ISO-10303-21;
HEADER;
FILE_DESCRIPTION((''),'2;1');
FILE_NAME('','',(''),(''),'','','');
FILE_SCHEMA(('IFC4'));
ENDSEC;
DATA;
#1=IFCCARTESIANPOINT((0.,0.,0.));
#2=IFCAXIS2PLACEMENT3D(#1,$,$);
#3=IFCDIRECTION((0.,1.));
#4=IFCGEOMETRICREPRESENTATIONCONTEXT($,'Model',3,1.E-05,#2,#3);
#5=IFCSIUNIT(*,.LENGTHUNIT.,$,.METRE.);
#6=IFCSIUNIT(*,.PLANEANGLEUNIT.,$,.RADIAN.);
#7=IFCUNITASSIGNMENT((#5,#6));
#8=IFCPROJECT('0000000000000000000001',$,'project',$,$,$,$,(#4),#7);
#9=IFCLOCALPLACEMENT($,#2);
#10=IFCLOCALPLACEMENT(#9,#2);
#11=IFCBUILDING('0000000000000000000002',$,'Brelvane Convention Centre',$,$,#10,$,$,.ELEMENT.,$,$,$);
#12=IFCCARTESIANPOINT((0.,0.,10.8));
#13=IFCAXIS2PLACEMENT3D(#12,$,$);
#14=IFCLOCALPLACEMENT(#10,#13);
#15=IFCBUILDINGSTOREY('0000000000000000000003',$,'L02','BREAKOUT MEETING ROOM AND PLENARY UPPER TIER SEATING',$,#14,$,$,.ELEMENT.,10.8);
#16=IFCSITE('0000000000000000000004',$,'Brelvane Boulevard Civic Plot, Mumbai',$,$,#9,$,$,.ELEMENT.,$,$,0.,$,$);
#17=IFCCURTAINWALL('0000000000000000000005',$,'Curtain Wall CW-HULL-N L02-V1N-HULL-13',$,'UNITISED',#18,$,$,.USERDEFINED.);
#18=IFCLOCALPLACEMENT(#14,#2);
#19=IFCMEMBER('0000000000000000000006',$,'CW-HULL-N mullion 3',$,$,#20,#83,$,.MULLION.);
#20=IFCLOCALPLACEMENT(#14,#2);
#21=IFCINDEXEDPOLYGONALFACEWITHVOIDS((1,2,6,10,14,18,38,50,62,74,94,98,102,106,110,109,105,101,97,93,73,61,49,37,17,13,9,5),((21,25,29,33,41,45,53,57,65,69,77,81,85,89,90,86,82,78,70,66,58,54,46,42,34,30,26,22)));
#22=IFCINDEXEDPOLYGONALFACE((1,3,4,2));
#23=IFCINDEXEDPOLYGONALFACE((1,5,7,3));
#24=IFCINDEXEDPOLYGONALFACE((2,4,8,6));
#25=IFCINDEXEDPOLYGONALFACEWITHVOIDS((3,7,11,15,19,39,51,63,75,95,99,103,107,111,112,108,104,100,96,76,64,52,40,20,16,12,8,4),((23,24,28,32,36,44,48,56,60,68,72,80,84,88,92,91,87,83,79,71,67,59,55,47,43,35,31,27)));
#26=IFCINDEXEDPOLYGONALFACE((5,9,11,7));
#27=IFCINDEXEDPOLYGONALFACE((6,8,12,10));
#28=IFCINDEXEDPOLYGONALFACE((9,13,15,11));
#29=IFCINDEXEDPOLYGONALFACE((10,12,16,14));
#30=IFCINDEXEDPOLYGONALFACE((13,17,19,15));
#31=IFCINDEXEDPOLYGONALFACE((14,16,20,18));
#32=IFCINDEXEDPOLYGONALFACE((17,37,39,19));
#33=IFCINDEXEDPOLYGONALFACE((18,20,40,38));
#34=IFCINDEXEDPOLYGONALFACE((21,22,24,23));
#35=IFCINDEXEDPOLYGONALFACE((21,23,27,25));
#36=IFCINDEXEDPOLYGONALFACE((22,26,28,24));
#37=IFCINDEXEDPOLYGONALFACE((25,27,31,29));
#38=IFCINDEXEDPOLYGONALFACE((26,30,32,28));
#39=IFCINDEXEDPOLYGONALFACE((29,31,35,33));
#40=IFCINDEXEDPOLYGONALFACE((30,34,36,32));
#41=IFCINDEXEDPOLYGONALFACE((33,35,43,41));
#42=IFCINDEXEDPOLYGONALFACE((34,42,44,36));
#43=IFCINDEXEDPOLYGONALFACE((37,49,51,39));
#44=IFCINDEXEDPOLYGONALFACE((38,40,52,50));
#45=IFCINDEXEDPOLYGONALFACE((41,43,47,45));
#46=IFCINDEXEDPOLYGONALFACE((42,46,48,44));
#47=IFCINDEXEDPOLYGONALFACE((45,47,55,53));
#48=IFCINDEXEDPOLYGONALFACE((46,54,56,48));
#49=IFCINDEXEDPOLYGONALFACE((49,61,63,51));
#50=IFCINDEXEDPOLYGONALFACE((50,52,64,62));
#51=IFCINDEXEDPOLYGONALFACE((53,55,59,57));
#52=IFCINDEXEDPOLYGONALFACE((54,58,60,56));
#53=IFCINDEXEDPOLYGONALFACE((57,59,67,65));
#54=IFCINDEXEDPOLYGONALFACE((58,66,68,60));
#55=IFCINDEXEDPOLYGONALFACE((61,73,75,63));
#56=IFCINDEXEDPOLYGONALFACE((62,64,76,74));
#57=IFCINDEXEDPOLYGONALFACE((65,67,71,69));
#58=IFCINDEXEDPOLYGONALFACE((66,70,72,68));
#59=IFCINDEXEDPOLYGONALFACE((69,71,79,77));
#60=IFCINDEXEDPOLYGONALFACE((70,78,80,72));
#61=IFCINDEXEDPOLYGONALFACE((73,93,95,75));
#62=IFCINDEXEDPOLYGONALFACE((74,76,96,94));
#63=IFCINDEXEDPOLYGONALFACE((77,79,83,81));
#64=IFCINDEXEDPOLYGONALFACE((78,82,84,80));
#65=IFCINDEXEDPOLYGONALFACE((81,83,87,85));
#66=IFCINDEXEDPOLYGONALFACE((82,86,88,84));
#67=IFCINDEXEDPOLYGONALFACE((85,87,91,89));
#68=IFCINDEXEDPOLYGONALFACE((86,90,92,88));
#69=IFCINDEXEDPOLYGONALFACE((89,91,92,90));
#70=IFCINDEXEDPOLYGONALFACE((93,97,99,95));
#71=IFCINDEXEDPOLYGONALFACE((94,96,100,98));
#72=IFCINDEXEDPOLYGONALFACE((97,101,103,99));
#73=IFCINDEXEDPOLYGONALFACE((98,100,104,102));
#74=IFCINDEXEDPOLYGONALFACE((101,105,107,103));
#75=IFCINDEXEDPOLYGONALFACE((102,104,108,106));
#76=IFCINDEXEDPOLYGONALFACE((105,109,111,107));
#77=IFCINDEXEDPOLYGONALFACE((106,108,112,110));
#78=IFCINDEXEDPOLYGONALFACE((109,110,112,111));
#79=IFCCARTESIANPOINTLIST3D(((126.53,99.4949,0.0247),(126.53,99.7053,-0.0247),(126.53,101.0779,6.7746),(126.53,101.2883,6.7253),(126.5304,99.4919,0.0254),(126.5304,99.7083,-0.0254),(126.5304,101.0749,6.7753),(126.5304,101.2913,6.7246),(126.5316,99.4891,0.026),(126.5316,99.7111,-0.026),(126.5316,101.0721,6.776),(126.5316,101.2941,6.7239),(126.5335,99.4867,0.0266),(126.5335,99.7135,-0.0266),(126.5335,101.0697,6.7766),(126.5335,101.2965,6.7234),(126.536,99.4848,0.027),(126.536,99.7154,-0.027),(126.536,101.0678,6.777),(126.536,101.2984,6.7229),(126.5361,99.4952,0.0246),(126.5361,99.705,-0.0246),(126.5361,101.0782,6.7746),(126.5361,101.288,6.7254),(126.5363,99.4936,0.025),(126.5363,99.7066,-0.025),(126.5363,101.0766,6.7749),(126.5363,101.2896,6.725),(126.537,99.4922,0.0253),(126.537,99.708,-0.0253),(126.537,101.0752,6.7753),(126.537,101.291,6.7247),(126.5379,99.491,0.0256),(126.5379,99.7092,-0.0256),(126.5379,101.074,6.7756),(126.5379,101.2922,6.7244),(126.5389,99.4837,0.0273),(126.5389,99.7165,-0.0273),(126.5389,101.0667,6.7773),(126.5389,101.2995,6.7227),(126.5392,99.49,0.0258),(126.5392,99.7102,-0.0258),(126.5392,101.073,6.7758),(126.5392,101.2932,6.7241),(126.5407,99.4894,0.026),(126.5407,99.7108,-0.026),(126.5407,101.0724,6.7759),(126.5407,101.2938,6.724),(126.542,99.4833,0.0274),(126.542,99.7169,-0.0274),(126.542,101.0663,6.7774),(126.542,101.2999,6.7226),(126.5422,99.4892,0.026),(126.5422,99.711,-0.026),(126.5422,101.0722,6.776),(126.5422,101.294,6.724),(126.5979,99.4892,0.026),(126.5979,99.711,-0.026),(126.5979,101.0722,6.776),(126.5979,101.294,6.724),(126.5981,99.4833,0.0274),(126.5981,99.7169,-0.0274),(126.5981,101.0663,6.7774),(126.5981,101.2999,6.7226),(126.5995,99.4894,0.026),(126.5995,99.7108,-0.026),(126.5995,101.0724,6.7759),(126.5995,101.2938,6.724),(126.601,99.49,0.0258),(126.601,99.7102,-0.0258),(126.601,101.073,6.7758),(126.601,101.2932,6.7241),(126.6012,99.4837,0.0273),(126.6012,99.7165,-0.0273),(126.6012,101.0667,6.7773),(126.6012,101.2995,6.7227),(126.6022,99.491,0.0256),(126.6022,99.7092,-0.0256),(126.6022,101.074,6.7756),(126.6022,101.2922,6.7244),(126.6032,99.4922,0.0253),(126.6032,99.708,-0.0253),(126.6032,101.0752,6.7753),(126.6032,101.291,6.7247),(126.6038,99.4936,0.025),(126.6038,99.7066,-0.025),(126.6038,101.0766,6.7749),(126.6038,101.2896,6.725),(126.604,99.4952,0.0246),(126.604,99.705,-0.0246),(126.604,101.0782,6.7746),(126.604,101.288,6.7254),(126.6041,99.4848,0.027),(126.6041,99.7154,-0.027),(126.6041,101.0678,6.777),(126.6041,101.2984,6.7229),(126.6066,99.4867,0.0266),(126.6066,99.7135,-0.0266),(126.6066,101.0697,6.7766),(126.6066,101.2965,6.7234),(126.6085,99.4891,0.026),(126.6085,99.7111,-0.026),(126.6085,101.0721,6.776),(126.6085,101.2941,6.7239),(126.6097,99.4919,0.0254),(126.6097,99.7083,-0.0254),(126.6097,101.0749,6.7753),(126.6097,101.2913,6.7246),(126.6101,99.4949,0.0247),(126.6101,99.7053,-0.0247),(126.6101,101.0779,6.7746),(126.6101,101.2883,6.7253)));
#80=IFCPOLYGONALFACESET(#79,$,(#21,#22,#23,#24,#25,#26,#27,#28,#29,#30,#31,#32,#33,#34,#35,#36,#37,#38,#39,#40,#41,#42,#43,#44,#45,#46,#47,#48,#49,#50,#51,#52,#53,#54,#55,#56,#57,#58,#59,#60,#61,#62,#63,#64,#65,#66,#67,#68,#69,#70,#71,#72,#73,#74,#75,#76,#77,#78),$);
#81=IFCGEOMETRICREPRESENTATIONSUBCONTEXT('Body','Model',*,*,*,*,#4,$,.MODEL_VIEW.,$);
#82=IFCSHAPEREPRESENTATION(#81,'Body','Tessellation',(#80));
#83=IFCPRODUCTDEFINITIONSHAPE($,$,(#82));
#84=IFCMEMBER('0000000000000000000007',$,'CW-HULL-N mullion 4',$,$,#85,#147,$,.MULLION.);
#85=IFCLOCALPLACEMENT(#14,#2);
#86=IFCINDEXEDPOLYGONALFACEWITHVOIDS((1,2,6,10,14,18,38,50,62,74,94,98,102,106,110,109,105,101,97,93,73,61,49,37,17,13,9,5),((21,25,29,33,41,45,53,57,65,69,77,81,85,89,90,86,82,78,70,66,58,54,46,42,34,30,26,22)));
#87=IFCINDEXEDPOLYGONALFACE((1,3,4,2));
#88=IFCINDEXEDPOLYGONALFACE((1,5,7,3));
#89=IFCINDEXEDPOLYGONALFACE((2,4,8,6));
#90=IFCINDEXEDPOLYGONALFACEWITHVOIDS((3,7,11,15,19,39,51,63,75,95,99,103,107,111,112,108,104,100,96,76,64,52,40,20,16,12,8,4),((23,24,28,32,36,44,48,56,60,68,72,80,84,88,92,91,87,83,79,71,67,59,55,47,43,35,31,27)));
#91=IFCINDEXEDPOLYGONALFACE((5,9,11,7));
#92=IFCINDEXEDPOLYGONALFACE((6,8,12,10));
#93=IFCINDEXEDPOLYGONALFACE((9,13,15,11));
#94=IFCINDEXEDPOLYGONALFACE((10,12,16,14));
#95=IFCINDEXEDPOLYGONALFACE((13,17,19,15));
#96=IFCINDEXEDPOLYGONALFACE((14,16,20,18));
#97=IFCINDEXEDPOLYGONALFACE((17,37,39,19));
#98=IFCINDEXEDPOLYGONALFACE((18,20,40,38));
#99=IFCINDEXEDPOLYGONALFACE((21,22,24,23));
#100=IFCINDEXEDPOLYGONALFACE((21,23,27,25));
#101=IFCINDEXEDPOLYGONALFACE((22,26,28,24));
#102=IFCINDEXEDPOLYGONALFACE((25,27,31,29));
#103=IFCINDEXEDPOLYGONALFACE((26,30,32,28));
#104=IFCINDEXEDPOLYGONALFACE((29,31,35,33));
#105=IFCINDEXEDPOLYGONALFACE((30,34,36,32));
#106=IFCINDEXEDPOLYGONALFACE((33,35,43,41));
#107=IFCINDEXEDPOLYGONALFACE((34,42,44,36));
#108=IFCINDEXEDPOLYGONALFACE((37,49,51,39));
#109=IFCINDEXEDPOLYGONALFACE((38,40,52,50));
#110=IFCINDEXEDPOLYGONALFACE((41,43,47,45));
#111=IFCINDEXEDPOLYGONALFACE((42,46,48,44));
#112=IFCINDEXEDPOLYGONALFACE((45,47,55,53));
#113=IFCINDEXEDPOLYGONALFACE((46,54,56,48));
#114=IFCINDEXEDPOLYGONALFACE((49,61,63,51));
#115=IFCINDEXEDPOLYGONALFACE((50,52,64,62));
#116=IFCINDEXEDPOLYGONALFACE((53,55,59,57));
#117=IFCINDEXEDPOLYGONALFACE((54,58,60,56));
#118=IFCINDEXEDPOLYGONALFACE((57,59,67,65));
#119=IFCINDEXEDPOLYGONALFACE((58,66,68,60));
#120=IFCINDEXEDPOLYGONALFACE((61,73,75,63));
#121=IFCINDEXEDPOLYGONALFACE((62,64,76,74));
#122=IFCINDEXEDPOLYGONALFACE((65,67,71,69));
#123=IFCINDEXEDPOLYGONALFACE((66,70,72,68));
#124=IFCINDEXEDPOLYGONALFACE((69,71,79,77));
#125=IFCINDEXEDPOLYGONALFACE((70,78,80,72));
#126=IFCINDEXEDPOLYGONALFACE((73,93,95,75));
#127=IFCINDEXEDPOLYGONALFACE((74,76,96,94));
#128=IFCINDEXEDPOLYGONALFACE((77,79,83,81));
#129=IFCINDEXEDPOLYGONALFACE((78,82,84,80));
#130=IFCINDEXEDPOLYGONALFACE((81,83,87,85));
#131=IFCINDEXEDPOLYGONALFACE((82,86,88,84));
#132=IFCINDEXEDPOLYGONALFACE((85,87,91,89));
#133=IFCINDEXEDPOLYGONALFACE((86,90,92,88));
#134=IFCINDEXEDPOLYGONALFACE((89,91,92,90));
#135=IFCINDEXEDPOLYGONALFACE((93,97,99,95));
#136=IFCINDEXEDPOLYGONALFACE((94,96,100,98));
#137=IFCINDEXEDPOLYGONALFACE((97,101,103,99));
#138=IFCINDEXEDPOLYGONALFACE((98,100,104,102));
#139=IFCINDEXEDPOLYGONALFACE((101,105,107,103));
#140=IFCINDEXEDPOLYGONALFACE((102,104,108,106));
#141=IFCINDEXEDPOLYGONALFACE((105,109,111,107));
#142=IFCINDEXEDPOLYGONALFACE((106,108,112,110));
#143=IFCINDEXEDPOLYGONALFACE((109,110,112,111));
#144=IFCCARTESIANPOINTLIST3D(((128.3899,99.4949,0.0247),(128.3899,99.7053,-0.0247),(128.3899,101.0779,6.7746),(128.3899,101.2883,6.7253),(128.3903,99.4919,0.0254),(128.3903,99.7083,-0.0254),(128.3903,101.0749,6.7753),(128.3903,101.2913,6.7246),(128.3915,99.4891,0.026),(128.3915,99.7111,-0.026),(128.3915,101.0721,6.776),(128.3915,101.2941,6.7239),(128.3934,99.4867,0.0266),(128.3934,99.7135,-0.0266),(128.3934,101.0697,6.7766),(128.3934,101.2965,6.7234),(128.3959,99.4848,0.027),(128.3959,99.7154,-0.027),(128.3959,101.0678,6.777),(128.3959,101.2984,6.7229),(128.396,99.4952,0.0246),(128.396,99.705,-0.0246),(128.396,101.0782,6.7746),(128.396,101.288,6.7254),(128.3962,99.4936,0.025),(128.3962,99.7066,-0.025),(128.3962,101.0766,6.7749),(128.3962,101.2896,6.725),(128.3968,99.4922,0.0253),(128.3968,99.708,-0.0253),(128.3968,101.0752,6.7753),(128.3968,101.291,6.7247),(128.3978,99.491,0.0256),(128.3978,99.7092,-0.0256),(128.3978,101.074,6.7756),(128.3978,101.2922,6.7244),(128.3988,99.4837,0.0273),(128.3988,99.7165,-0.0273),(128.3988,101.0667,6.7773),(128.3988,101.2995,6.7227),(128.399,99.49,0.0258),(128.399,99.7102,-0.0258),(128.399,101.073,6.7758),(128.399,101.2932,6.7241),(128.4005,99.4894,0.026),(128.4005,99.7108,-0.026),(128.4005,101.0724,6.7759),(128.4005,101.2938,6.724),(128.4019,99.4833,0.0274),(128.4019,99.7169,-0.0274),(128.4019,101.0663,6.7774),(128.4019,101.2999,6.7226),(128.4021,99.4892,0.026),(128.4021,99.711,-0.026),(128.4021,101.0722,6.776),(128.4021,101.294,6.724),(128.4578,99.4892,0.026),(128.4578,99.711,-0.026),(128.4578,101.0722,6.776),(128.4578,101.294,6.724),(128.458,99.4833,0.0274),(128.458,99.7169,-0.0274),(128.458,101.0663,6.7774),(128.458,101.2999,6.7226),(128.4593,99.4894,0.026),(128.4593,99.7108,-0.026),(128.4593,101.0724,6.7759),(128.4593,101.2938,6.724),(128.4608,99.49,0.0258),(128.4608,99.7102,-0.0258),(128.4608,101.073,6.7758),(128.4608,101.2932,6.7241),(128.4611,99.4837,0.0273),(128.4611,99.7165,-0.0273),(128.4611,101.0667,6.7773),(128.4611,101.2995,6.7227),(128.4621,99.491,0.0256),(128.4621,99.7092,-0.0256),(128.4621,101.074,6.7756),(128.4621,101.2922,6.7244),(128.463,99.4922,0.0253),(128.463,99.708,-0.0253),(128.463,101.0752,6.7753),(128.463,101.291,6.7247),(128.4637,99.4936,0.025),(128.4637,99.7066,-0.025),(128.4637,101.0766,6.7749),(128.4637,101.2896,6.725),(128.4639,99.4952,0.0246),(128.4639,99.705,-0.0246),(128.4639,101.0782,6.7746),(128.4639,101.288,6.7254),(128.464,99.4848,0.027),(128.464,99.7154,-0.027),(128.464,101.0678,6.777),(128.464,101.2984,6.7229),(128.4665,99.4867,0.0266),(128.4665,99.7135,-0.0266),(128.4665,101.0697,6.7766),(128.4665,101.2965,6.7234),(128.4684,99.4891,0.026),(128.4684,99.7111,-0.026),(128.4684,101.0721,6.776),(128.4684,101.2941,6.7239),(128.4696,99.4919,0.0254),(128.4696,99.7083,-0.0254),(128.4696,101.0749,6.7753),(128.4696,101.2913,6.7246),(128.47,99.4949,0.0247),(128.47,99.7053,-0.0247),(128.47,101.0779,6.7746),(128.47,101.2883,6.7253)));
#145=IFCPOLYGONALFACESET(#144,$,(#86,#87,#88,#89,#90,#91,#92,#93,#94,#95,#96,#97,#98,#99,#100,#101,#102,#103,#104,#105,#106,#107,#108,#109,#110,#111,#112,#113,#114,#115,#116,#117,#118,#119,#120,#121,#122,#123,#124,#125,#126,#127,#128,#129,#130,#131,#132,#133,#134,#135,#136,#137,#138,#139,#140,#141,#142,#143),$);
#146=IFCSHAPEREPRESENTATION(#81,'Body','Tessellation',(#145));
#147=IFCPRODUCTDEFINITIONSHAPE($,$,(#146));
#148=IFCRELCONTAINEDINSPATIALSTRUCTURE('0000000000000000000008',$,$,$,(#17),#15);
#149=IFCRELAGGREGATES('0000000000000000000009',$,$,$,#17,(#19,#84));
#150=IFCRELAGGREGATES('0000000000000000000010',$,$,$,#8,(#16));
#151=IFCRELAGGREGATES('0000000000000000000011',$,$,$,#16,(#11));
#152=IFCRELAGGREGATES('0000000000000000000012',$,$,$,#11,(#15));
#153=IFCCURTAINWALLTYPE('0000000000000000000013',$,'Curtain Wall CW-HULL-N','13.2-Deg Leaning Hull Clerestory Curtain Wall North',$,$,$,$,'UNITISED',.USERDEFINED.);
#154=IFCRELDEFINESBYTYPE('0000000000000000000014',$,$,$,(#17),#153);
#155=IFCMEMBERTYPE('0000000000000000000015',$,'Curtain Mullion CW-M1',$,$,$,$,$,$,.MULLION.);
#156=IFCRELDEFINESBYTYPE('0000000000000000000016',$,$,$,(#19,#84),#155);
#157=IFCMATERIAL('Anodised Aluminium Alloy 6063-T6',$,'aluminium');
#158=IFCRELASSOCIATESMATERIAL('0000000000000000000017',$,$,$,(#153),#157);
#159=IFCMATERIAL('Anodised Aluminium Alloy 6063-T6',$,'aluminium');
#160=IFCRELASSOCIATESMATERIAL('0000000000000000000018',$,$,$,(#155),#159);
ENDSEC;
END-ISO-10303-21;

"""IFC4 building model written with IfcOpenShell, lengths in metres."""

from ifc_helpers import new_model, si_unit, direction, frame, origin, origin_2d, place, context, subcontext, project, spatial, hollow_rectangle, extrude, material, material_profile, profile_set, type_object, element, aggregate, save


model = new_model("IFC4")

# Units and contexts
model_context = context("Model", 3, precision=1e-05, world=origin(), true_north=direction((0.0, 1.0)))
body_context = subcontext(model_context, "Body", "Model", "MODEL_VIEW")
ifc_project = project(units=[si_unit("LENGTHUNIT", "METRE"), si_unit("PLANEANGLEUNIT", "RADIAN")], contexts=[model_context])

# Site, building, storey
site_placement = place(None, origin())
site = spatial("IfcSite", under=ifc_project, at=site_placement, Name="Brelvane Boulevard Civic Plot, Mumbai", CompositionType="ELEMENT", RefElevation=0.0)
building_placement = place(site_placement, origin())
building = spatial("IfcBuilding", under=site, at=building_placement, Name="Brelvane Convention Centre", CompositionType="ELEMENT")
storey_placement = place(building_placement, frame((0.0, 0.0, 10.8)))
storey = spatial("IfcBuildingStorey", under=building, at=storey_placement, Name="L02", Description="BREAKOUT MEETING ROOM AND PLENARY UPPER TIER SEATING", CompositionType="ELEMENT", Elevation=10.8)

# Curtain wall, members
ifc_material_1 = material(Name="Anodised Aluminium Alloy 6063-T6", Category="aluminium")
curtain_wall_type = type_object("IfcCurtainWallType", Name="Curtain Wall CW-HULL-N", Description="13.2-Deg Leaning Hull Clerestory Curtain Wall North", ElementType="UNITISED", PredefinedType="USERDEFINED", material=ifc_material_1)
ifc_material_2 = material(Name="Anodised Aluminium Alloy 6063-T6", Category="aluminium")
ifc_material_profile_1 = material_profile(ifc_material_2, hollow_rectangle(XDim=0.0801, YDim=0.24, WallThickness=0.0061, InnerFilletRadius=0.0061, OuterFilletRadius=0.012, at=origin_2d()), Name="ALU-M 240x80x6.0")
ifc_profile_set_1 = profile_set([ifc_material_profile_1], Name="Anodised Aluminium Alloy 6063-T6")
member_type_1 = type_object("IfcMemberType", Name="Curtain Mullion CW-M1", PredefinedType="MULLION", material=ifc_profile_set_1)
curtain_wall_1_placement = place(storey_placement, origin())
curtain_wall_1 = element("IfcCurtainWall", 1, at=curtain_wall_1_placement, inside=storey, type_object=curtain_wall_type, Name="Curtain Wall CW-HULL-N L02-V1N-HULL-13", ObjectType="UNITISED", PredefinedType="USERDEFINED")
member_1_placement = place(storey_placement, frame((126.5701, 99.6001, 0.0), z_axis=(0.0, 0.228325, 0.973585), x_axis=(-1.0, 0.0, 0.0)))
member_1 = element("IfcMember", 2, at=member_1_placement, type_object=member_type_1, Name="CW-HULL-N mullion 3", PredefinedType="MULLION", context=body_context, shape_type="SweptSolid", body=[
    extrude(hollow_rectangle(XDim=0.0801, YDim=0.24, WallThickness=0.0061, InnerFilletRadius=0.0061, OuterFilletRadius=0.012, at=origin_2d()), origin(), (0.0, 0.0, 1.0), 6.9331),
])
member_2_placement = place(storey_placement, frame((128.4299, 99.6001, 0.0), z_axis=(0.0, 0.228325, 0.973585), x_axis=(-1.0, 0.0, 0.0)))
member_2 = element("IfcMember", 3, at=member_2_placement, type_object=member_type_1, Name="CW-HULL-N mullion 4", PredefinedType="MULLION", context=body_context, shape_type="SweptSolid", body=[
    extrude(hollow_rectangle(XDim=0.0801, YDim=0.24, WallThickness=0.0061, InnerFilletRadius=0.0061, OuterFilletRadius=0.012, at=origin_2d()), origin(), (0.0, 0.0, 1.0), 6.9331),
])

aggregate(curtain_wall_1, [member_1, member_2])

save(model, "model.ifc")
